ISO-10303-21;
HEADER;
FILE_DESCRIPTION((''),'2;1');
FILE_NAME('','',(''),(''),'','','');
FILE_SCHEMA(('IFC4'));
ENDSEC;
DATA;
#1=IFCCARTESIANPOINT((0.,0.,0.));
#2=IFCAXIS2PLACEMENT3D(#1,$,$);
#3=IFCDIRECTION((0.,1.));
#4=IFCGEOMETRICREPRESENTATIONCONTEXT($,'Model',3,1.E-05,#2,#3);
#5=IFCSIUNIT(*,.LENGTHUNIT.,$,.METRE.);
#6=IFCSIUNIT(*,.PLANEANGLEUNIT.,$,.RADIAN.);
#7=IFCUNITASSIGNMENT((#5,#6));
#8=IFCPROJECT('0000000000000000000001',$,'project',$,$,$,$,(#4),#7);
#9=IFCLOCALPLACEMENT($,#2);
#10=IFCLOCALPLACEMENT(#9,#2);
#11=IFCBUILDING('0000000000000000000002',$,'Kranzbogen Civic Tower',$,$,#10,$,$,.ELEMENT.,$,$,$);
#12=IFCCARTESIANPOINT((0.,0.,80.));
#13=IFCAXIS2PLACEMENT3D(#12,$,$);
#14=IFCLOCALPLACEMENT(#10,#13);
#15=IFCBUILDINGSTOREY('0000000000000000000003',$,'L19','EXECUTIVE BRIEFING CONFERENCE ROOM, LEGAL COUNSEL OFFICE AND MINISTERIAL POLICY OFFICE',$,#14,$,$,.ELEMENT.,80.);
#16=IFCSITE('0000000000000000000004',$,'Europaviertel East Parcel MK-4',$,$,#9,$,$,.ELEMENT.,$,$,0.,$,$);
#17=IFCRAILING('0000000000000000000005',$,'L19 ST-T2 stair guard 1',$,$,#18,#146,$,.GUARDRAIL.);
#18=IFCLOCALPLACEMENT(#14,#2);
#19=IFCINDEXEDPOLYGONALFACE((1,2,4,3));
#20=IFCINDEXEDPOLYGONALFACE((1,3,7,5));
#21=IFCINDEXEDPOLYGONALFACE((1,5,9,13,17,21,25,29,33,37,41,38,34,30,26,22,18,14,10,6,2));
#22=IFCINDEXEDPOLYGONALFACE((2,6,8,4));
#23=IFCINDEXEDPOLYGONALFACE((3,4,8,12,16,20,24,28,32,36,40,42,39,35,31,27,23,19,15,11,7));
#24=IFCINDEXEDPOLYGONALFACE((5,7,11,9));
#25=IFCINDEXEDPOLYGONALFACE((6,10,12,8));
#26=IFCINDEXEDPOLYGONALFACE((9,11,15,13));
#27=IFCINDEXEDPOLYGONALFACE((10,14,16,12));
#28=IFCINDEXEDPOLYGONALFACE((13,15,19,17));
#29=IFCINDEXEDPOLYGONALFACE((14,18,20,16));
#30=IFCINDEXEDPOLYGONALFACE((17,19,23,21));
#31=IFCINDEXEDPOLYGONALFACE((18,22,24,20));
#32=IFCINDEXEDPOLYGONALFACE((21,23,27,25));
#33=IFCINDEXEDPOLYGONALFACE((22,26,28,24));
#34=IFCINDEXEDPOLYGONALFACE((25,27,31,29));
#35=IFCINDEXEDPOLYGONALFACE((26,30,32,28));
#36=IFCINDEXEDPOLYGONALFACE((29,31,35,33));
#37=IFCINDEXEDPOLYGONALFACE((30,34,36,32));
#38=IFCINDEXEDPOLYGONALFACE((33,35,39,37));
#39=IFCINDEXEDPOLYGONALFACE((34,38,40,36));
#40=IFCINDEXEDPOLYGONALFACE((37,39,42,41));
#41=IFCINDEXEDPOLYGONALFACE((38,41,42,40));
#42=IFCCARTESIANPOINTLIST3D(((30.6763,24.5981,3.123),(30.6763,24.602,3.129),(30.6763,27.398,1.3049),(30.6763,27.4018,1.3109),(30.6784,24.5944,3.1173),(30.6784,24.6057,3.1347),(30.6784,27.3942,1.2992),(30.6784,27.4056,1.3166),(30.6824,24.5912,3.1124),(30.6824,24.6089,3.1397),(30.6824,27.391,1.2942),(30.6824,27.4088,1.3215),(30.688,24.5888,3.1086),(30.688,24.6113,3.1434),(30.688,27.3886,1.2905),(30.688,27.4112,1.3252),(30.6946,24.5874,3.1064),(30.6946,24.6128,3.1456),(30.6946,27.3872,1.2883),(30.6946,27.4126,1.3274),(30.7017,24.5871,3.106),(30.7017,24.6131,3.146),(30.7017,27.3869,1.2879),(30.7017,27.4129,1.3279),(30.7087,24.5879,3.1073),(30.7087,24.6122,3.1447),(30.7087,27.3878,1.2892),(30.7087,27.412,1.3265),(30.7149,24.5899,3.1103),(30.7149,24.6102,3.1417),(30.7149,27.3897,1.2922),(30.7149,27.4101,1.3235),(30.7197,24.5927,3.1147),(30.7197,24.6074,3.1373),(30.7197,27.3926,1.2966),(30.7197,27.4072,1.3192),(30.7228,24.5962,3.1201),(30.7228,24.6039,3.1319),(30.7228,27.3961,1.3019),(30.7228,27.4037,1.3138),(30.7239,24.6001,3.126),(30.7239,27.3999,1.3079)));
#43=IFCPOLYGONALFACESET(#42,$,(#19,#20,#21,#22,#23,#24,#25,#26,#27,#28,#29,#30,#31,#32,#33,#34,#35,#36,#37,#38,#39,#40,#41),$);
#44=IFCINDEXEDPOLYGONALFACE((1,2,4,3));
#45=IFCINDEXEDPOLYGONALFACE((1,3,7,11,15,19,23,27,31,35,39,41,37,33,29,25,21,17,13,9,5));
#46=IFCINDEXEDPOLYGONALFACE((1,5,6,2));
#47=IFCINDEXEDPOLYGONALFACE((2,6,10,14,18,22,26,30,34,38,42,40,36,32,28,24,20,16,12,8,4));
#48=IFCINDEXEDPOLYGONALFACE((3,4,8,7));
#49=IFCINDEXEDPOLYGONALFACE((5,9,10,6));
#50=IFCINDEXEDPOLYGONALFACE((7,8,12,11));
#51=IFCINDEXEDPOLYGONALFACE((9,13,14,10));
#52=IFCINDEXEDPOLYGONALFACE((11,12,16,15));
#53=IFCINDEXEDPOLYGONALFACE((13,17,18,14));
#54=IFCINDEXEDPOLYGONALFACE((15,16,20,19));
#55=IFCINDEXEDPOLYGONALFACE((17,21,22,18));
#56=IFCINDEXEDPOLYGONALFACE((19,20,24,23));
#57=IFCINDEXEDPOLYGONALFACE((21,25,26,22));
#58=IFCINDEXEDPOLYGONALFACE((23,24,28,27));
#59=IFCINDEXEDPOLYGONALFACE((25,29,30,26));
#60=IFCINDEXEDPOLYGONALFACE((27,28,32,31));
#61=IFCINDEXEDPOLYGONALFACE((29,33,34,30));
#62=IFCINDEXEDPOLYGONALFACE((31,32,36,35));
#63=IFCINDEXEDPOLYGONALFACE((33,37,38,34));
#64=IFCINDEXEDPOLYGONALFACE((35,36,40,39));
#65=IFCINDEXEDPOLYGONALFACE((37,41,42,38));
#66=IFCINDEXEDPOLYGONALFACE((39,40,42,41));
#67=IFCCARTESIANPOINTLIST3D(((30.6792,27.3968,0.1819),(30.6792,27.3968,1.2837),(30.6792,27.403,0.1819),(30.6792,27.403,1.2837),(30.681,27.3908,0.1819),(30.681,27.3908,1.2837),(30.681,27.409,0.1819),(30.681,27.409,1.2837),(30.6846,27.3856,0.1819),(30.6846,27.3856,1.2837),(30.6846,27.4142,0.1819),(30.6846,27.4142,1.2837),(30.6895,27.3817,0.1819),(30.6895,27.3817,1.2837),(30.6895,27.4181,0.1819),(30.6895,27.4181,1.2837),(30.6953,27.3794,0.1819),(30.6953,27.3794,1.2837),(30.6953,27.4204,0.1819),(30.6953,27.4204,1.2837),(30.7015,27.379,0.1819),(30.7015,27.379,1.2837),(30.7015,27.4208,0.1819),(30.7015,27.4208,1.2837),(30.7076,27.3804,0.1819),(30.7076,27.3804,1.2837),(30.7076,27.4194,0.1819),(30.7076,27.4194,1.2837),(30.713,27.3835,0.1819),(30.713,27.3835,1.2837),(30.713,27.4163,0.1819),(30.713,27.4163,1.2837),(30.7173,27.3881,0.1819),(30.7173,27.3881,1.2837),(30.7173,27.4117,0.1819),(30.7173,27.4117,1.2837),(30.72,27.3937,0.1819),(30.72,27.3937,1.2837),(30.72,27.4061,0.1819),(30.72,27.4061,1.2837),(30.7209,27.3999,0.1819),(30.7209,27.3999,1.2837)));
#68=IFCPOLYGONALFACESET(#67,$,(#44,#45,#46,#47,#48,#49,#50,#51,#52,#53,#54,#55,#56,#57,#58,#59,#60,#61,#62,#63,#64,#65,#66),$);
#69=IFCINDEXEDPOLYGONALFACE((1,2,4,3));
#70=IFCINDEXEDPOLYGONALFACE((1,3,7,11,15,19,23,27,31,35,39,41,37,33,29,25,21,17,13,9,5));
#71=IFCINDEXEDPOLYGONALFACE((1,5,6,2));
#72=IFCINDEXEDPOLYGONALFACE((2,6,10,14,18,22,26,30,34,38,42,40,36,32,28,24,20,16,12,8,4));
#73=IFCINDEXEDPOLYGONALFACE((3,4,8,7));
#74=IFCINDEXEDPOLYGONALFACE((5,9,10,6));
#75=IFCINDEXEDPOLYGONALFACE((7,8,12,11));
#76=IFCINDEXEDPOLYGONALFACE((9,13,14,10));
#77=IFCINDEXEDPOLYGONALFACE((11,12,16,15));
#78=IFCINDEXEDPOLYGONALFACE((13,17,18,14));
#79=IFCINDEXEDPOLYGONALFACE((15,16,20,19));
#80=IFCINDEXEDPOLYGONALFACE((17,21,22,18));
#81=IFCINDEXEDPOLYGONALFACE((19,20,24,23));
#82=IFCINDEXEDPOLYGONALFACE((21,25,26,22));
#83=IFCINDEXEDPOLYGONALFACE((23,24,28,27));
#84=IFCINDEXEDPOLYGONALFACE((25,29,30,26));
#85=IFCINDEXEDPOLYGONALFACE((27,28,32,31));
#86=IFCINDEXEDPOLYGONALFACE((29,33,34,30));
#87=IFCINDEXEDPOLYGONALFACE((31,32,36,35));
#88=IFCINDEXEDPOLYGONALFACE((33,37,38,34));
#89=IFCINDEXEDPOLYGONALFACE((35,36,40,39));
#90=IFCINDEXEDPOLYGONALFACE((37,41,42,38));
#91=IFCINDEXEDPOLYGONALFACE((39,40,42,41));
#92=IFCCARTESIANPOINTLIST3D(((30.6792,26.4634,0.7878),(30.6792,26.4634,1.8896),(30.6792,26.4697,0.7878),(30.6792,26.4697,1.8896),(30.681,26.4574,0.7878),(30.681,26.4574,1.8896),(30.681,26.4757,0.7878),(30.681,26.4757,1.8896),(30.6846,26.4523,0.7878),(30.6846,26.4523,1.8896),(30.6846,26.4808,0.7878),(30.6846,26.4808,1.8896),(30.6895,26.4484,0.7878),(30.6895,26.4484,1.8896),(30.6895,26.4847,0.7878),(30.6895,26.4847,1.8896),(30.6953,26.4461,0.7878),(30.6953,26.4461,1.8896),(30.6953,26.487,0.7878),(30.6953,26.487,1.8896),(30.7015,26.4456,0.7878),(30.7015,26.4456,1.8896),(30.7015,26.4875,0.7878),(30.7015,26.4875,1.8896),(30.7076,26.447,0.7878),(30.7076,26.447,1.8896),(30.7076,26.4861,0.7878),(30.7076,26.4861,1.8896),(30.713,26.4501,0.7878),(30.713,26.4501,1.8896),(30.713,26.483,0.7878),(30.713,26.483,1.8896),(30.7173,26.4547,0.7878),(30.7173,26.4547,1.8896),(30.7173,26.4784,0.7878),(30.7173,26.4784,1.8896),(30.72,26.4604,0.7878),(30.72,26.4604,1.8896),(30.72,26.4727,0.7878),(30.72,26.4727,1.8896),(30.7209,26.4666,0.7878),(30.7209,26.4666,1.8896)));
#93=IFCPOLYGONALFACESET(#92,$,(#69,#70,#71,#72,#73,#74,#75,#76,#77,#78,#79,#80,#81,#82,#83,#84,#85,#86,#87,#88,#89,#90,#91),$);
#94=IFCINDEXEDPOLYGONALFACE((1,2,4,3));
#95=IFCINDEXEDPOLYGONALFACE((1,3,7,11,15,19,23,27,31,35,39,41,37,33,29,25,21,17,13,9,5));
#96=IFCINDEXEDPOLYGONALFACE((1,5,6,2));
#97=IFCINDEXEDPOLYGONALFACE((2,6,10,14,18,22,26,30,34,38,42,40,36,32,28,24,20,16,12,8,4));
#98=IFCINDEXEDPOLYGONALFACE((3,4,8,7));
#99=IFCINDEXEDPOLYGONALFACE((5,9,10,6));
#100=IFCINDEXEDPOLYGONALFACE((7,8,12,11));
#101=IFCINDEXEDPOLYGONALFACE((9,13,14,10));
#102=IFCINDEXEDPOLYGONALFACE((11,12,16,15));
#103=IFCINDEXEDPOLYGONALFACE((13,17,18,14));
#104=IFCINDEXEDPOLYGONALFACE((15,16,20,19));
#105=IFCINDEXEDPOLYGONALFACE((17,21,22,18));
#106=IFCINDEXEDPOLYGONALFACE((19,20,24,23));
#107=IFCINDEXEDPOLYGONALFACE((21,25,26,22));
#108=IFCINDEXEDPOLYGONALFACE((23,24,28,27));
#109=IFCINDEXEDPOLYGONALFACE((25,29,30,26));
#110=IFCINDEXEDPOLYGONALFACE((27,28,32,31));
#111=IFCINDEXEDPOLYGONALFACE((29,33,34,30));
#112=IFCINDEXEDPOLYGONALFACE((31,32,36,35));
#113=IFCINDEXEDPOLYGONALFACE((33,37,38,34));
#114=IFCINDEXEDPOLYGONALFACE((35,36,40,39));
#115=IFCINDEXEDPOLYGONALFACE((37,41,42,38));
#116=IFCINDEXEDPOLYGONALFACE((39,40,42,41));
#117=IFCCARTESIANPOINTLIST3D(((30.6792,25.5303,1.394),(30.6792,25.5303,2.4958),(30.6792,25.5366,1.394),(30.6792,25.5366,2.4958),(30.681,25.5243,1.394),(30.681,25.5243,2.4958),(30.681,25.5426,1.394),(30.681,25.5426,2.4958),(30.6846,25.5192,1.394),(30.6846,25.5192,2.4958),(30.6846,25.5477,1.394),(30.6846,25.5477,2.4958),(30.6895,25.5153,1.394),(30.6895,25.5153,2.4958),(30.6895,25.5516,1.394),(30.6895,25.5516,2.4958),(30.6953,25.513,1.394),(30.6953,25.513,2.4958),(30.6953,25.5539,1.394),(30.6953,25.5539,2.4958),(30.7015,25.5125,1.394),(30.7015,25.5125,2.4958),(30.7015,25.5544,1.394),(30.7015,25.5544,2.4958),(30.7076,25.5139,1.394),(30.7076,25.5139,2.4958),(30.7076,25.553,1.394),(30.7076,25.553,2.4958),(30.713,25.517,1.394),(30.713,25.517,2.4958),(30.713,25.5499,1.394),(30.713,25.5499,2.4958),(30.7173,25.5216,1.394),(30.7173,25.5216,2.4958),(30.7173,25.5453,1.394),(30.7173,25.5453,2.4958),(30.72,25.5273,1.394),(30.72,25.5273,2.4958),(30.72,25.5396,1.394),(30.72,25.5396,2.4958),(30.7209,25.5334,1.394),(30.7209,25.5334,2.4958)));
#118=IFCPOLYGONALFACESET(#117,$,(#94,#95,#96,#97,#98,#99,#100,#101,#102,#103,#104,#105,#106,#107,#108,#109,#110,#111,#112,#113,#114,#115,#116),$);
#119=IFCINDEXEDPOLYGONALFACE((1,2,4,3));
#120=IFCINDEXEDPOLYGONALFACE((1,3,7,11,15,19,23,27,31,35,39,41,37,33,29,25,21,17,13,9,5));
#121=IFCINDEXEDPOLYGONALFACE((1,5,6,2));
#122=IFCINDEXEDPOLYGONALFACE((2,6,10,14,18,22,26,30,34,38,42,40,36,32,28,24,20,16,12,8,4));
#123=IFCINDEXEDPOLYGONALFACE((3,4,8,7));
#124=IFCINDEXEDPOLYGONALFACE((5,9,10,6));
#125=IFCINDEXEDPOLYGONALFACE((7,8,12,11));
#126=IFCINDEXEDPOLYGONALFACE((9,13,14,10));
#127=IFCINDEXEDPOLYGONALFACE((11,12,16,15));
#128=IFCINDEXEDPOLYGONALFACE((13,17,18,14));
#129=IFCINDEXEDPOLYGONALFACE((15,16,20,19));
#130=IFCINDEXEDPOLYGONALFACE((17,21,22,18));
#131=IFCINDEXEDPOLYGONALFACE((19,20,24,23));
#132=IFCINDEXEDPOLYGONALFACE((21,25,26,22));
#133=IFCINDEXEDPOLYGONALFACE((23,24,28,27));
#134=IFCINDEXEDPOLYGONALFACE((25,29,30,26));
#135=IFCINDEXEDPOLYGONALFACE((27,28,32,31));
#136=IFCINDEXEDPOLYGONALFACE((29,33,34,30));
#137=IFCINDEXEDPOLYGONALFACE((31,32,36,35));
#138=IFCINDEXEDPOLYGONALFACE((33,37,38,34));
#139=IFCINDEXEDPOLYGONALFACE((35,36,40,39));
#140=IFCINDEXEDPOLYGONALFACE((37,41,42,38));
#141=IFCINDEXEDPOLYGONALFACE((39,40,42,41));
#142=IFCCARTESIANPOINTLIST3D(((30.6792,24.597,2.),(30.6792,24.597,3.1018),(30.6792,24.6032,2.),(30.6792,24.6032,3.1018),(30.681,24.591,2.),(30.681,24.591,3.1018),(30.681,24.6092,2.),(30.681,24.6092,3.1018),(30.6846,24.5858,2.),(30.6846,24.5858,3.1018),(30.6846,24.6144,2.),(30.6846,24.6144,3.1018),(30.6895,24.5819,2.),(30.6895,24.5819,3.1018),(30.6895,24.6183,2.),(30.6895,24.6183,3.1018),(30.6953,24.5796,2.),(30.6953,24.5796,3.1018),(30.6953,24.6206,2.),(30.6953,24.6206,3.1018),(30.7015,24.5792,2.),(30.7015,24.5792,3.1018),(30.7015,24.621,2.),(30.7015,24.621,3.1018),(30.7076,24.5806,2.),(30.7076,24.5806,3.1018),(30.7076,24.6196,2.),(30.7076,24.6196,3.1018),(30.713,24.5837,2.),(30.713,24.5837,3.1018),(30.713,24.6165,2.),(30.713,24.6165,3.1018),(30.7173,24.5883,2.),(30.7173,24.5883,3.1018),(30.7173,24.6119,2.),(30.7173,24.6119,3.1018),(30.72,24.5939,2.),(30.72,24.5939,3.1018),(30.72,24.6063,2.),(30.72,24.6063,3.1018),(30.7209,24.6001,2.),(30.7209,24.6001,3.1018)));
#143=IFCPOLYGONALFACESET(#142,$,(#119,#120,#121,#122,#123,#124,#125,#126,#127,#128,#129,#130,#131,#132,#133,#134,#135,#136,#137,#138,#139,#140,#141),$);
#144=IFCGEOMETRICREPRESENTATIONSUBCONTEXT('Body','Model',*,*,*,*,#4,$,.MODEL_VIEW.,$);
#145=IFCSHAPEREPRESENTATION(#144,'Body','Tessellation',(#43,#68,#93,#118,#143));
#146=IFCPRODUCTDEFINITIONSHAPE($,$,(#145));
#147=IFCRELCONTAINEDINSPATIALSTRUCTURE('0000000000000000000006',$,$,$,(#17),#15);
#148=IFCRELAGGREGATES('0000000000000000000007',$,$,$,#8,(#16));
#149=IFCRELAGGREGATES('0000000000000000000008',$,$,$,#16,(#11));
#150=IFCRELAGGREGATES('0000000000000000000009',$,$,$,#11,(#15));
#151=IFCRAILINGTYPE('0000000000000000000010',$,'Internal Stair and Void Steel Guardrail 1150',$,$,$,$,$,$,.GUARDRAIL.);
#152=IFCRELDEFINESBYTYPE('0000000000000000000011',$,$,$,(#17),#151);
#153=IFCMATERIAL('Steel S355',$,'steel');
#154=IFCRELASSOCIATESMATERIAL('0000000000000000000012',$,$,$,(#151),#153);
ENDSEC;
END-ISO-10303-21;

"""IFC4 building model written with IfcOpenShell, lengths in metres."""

from ifc_helpers import new_model, si_unit, direction, frame, origin, origin_2d, place, context, subcontext, project, spatial, circle, extrude, material, type_object, element, save


model = new_model("IFC4")

# Units and contexts
model_context = context("Model", 3, precision=1e-05, world=origin(), true_north=direction((0.0, 1.0)))
body_context = subcontext(model_context, "Body", "Model", "MODEL_VIEW")
ifc_project = project(units=[si_unit("LENGTHUNIT", "METRE"), si_unit("PLANEANGLEUNIT", "RADIAN")], contexts=[model_context])

# Site, building, storey
site_placement = place(None, origin())
site = spatial("IfcSite", under=ifc_project, at=site_placement, Name="Europaviertel East Parcel MK-4", CompositionType="ELEMENT", RefElevation=0.0)
building_placement = place(site_placement, origin())
building = spatial("IfcBuilding", under=site, at=building_placement, Name="Kranzbogen Civic Tower", CompositionType="ELEMENT")
storey_placement = place(building_placement, frame((0.0, 0.0, 80.0)))
storey = spatial("IfcBuildingStorey", under=building, at=storey_placement, Name="L19", Description="EXECUTIVE BRIEFING CONFERENCE ROOM, LEGAL COUNSEL OFFICE AND MINISTERIAL POLICY OFFICE", CompositionType="ELEMENT", Elevation=80.0)

# Shared definitions
ifc_material_1 = material(Name="Steel S355", Category="steel")

# Railing
railing_type_1 = type_object("IfcRailingType", Name="Internal Stair and Void Steel Guardrail 1150", PredefinedType="GUARDRAIL", material=ifc_material_1)
railing_1_placement = place(storey_placement, frame((30.7, 27.3999, 0.1819)))
element("IfcRailing", 1, at=railing_1_placement, inside=storey, type_object=railing_type_1, Name="L19 ST-T2 stair guard 1", PredefinedType="GUARDRAIL", context=body_context, shape_type="SweptSolid", body=[
    extrude(circle(Radius=0.0239, at=origin_2d()), frame((0.0, 0.0, 1.126), z_axis=(0.0, -0.838684, 0.544618), x_axis=(1.0, 0.0, 0.0)), (0.0, 0.0, 1.0), 3.3384),
    extrude(circle(Radius=0.021, at=origin_2d()), origin(), (0.0, 0.0, 1.0), 1.1018),
    extrude(circle(Radius=0.021, at=origin_2d()), frame((0.0, -0.9333, 0.606)), (0.0, 0.0, 1.0), 1.1018),
    extrude(circle(Radius=0.021, at=origin_2d()), frame((0.0, -1.8665, 1.2122)), (0.0, 0.0, 1.0), 1.1018),
    extrude(circle(Radius=0.021, at=origin_2d()), frame((0.0, -2.7998, 1.8181)), (0.0, 0.0, 1.0), 1.1018),
])

save(model, "model.ifc")
